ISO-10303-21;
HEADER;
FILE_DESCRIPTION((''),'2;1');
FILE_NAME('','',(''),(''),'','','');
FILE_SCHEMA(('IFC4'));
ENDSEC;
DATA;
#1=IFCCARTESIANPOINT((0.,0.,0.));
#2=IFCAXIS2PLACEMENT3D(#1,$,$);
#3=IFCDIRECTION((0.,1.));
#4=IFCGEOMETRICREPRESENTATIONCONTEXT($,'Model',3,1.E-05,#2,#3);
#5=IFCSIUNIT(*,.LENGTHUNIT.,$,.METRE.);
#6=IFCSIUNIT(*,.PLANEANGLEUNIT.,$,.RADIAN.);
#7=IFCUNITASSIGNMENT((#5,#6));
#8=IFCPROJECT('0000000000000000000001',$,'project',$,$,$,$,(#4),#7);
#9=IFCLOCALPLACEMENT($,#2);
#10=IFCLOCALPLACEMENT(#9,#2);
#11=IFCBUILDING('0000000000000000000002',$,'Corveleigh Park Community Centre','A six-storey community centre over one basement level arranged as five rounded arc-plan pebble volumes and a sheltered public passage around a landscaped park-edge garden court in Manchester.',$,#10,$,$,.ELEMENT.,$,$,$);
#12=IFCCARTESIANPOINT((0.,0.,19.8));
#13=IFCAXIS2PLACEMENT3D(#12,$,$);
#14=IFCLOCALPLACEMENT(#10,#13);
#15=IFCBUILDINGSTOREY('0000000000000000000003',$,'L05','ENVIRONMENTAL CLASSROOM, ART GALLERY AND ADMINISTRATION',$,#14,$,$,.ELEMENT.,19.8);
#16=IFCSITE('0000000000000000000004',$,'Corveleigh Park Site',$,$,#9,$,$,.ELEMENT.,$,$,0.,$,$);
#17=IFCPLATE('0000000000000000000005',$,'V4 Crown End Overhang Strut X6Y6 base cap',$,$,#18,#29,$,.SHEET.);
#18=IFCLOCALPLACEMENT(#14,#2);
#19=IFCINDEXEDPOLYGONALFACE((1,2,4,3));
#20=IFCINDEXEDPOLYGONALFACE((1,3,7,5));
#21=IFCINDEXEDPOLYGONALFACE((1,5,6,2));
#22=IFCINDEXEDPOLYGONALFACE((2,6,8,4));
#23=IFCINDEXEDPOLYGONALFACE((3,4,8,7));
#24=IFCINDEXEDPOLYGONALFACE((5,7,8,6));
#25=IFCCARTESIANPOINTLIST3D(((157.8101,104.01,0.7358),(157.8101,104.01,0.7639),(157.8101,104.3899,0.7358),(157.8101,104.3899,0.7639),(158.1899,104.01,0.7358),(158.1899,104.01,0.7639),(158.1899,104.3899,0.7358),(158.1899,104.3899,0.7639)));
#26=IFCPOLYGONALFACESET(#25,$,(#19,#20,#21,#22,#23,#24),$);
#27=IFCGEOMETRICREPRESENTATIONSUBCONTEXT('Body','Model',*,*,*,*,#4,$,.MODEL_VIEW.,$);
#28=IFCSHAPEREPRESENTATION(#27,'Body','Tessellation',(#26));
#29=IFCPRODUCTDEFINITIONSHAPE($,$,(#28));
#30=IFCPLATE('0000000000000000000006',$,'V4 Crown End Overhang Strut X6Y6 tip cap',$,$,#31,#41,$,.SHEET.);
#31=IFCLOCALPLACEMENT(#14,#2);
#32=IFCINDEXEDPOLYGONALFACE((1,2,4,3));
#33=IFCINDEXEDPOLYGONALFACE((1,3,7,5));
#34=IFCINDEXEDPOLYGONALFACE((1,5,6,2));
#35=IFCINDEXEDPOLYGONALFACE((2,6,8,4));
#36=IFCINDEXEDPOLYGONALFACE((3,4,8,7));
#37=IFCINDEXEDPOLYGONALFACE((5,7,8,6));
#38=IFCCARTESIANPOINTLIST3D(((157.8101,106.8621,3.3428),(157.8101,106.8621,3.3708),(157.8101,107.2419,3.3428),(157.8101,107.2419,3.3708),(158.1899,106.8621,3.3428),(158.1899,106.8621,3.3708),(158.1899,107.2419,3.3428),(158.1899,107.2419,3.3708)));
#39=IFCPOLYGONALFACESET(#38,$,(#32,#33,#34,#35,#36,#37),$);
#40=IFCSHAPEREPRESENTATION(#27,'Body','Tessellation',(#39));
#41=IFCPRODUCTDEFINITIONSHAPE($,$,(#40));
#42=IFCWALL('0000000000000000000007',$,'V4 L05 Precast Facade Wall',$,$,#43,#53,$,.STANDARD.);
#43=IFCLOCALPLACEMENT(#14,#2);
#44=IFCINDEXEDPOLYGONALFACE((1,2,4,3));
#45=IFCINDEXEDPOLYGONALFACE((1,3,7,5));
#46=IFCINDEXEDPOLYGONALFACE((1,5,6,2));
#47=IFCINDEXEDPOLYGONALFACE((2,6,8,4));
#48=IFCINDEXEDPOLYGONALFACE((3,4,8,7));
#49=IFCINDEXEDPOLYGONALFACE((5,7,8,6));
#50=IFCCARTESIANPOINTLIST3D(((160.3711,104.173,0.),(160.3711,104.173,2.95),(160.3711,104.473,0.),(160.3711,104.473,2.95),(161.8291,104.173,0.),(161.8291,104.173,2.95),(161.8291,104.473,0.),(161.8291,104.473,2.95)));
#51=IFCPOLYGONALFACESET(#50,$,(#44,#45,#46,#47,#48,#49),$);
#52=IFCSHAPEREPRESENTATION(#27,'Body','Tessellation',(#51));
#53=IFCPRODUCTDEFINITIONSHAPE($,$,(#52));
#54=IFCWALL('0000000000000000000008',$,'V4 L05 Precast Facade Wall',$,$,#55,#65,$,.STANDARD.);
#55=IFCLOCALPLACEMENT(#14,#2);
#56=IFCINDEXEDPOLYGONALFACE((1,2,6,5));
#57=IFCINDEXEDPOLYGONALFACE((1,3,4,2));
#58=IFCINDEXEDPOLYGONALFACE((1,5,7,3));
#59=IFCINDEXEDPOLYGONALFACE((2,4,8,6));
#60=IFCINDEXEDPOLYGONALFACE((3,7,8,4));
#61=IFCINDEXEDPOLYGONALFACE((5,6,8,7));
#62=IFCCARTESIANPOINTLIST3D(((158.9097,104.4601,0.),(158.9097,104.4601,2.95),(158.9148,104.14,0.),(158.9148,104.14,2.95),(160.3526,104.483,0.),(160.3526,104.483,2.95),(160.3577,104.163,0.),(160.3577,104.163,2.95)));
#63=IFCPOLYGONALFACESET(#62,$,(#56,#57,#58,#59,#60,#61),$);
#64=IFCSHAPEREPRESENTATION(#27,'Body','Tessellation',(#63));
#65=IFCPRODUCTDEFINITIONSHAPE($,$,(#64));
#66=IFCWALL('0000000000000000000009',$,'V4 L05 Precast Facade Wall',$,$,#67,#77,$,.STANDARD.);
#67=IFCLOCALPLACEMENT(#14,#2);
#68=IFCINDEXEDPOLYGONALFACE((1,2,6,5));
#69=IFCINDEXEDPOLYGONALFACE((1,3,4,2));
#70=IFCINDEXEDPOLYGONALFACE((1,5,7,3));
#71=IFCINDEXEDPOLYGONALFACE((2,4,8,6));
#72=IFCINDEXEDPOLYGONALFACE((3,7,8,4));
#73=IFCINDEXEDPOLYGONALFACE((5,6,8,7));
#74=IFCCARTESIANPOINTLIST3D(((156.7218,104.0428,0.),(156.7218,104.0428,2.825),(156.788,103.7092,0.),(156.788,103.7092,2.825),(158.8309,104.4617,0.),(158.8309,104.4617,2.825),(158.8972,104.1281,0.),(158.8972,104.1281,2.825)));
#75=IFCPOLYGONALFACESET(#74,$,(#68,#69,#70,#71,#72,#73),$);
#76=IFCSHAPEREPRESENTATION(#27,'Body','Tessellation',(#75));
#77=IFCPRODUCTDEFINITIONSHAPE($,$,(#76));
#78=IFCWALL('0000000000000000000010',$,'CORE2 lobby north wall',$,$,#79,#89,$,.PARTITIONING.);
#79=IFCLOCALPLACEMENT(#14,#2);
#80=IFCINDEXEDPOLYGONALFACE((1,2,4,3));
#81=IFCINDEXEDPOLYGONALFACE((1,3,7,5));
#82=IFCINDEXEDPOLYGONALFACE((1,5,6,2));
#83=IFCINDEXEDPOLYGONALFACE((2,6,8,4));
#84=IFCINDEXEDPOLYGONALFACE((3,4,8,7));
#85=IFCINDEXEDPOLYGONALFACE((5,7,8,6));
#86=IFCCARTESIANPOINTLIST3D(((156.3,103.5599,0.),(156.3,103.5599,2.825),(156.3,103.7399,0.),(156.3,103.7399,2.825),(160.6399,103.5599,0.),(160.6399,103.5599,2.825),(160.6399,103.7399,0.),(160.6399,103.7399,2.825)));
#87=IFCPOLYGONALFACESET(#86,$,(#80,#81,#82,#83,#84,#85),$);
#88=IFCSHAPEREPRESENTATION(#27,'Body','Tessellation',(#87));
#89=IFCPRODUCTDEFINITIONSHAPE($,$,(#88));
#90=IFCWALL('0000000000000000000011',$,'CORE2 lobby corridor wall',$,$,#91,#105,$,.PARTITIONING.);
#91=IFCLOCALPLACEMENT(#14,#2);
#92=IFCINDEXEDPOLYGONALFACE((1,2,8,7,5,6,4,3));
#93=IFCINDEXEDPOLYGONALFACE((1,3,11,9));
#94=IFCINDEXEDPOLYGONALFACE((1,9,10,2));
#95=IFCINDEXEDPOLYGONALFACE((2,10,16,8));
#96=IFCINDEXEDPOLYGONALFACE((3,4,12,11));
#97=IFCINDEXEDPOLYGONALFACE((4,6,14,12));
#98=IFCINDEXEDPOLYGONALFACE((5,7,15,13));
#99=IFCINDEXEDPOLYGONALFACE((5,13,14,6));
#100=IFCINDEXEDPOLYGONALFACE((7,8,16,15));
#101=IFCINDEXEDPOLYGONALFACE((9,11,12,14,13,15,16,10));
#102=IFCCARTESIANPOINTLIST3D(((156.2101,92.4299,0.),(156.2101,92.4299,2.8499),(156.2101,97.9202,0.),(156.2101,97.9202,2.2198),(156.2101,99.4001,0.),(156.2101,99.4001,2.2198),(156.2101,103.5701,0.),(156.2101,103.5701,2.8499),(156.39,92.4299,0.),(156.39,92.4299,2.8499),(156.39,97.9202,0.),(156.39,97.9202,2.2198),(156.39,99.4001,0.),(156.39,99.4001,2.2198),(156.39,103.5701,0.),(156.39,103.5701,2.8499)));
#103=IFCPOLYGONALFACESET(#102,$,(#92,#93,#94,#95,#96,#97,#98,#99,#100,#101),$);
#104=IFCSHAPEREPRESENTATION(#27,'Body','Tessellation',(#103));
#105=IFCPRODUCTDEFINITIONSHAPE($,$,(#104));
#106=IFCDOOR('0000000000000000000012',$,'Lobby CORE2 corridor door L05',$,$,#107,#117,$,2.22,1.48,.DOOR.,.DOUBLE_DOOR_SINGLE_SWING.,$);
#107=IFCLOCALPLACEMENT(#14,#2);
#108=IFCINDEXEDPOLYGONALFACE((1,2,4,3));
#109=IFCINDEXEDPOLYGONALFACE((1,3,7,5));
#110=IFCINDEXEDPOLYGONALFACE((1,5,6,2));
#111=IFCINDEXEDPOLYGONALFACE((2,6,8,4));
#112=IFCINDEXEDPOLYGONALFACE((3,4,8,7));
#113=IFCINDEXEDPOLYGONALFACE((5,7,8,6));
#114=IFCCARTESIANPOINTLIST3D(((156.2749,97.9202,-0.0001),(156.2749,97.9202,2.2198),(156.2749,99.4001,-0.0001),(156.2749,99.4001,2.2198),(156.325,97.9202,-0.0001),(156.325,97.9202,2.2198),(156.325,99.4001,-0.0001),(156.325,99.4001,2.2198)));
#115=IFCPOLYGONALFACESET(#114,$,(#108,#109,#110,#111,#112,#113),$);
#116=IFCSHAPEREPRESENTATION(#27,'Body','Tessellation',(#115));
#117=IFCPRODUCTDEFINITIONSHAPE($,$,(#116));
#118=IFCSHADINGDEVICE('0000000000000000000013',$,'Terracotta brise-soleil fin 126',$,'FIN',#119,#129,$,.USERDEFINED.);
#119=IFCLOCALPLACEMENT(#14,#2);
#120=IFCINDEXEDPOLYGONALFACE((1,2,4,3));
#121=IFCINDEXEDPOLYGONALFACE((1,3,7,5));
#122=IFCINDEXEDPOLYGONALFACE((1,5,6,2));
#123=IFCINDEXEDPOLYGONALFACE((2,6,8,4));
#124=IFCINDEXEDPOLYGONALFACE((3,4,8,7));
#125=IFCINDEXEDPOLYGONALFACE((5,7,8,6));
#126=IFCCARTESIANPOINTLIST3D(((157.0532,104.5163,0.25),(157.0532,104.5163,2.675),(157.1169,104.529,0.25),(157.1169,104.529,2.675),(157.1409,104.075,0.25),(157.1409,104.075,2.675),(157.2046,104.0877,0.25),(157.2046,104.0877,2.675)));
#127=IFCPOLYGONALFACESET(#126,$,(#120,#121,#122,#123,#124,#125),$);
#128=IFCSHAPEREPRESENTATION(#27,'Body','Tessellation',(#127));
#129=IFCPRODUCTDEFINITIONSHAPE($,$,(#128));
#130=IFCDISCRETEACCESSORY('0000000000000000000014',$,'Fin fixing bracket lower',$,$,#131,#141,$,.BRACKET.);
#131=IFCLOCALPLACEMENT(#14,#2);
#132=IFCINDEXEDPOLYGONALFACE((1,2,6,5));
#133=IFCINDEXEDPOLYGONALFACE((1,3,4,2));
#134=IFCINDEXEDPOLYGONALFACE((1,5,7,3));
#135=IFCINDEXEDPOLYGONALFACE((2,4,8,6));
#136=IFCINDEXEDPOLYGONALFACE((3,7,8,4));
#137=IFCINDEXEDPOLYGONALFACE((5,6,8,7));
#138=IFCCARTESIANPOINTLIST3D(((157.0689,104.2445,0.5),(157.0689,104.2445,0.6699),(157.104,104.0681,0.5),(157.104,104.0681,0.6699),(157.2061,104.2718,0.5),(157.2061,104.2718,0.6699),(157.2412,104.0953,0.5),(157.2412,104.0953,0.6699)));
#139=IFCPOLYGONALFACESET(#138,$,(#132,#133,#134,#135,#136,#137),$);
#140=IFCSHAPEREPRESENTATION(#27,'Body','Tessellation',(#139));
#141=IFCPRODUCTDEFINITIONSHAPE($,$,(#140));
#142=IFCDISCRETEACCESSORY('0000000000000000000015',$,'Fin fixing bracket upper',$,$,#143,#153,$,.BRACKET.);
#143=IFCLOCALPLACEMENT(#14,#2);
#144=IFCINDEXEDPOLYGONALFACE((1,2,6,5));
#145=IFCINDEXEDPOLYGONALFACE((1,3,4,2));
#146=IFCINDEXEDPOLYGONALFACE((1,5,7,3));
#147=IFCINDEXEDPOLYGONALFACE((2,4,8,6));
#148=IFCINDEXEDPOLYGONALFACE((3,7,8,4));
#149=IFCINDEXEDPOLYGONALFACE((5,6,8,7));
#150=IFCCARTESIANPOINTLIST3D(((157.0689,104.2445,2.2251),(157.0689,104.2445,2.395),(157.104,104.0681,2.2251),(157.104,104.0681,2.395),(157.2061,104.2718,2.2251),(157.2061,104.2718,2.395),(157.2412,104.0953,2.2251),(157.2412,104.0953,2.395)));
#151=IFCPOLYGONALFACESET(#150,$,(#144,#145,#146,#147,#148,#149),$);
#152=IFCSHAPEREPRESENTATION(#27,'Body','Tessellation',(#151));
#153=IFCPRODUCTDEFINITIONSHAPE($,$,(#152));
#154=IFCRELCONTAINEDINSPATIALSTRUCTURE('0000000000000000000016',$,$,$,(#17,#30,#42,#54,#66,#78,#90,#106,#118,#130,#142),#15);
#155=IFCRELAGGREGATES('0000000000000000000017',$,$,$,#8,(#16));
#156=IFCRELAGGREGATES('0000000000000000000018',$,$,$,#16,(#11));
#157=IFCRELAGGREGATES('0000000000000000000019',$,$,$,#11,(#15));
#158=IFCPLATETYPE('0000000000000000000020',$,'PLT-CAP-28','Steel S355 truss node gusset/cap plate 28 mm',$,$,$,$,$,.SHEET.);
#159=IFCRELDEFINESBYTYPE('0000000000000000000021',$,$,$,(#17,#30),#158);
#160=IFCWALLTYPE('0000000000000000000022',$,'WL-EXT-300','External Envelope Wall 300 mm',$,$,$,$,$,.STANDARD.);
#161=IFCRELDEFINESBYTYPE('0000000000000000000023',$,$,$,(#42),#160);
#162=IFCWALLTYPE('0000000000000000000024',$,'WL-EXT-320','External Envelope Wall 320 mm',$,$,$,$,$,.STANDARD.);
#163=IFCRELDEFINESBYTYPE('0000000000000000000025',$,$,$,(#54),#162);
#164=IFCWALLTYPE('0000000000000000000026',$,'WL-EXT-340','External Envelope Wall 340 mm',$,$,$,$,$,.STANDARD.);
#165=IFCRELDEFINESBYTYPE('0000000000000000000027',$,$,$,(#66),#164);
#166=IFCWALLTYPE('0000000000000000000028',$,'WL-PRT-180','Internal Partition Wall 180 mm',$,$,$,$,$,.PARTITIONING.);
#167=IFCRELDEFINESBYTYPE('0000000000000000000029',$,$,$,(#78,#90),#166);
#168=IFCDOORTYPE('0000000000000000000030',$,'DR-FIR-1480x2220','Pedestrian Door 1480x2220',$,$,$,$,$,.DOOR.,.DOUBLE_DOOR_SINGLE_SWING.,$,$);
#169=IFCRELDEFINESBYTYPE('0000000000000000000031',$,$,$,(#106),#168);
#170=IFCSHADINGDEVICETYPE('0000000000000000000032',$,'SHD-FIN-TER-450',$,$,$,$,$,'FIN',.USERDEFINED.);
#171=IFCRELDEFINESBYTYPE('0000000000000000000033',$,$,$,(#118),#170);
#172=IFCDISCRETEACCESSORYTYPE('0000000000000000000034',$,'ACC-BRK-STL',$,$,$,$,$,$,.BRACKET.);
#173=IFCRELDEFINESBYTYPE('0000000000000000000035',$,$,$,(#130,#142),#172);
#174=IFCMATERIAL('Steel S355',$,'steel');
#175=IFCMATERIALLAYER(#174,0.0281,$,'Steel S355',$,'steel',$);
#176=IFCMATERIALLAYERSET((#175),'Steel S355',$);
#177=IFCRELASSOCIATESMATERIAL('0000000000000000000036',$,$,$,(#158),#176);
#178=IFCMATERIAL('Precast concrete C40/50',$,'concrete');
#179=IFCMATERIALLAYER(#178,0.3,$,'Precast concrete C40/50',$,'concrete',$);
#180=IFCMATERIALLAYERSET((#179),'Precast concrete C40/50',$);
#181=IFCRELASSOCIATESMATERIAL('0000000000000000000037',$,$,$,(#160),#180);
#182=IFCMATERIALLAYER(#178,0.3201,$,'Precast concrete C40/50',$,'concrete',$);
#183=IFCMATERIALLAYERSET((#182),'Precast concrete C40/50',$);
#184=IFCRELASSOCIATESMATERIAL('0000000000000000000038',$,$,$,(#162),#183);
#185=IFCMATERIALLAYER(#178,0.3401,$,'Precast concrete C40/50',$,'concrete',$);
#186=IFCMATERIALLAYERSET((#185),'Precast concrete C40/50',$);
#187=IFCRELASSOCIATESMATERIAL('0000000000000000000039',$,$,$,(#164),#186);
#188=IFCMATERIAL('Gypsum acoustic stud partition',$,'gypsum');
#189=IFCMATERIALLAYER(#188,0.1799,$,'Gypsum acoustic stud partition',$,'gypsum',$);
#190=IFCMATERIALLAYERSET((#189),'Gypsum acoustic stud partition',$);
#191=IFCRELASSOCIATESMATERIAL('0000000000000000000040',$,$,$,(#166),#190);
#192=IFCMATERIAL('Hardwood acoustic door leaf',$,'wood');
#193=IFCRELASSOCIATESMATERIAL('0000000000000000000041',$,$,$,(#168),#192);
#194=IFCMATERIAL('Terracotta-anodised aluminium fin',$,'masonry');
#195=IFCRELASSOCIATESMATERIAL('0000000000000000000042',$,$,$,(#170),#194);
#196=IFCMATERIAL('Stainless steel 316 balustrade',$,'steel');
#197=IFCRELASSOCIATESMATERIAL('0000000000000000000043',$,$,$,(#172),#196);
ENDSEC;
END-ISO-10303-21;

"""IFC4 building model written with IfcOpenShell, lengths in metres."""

from ifc_helpers import new_model, si_unit, direction, frame, frame_2d, origin, origin_2d, place, context, subcontext, project, spatial, rectangle, extrude, material, layer, layer_set, type_object, element, fill, save


model = new_model("IFC4")

# Units and contexts
model_context = context("Model", 3, precision=1e-05, world=origin(), true_north=direction((0.0, 1.0)))
body_context = subcontext(model_context, "Body", "Model", "MODEL_VIEW")
ifc_project = project(units=[si_unit("LENGTHUNIT", "METRE"), si_unit("PLANEANGLEUNIT", "RADIAN")], contexts=[model_context])

# Site, building, storey
site_placement = place(None, origin())
site = spatial("IfcSite", under=ifc_project, at=site_placement, Name="Corveleigh Park Site", CompositionType="ELEMENT", RefElevation=0.0)
building_placement = place(site_placement, origin())
building = spatial("IfcBuilding", under=site, at=building_placement, Name="Corveleigh Park Community Centre", Description="A six-storey community centre over one basement level arranged as five rounded arc-plan pebble volumes and a sheltered public passage around a landscaped park-edge garden court in Manchester.", CompositionType="ELEMENT")
storey_placement = place(building_placement, frame((0.0, 0.0, 19.8)))
storey = spatial("IfcBuildingStorey", under=building, at=storey_placement, Name="L05", Description="ENVIRONMENTAL CLASSROOM, ART GALLERY AND ADMINISTRATION", CompositionType="ELEMENT", Elevation=19.8)

# Shared definitions
ifc_material_1 = material(Name="Steel S355", Category="steel")

# Plates
ifc_layer_1 = layer(ifc_material_1, 0.0281, Name="Steel S355", Category="steel")
ifc_layer_set_1 = layer_set([ifc_layer_1], Name="Steel S355")
plate_type_1 = type_object("IfcPlateType", Name="PLT-CAP-28", Description="Steel S355 truss node gusset/cap plate 28 mm", PredefinedType="SHEET", material=ifc_layer_set_1)
for number, where, z_axis, x_axis, name in (
    (1, (158.0, 104.2, 0.7358), (0.0, 0.0, 1.0), (1.0, 0.0, 0.0), "V4 Crown End Overhang Strut X6Y6 base cap"),
    (2, (158.0, 107.052, 3.3428), (0.0, 0.0, 1.0), (1.0, 0.0, 0.0), "V4 Crown End Overhang Strut X6Y6 tip cap"),
):
    element("IfcPlate", number, at=place(storey_placement, frame(where, z_axis=z_axis, x_axis=x_axis)), inside=storey, type_object=plate_type_1, Name=name, PredefinedType="SHEET", context=body_context, shape_type="SweptSolid", body=[
        extrude(rectangle(XDim=0.3799, YDim=0.3799, at=origin_2d()), origin(), (0.0, 0.0, 1.0), 0.0281),
    ])

# Walls
ifc_material_2 = material(Name="Precast concrete C40/50", Category="concrete")
ifc_layer_2 = layer(ifc_material_2, 0.3, Name="Precast concrete C40/50", Category="concrete")
ifc_layer_set_2 = layer_set([ifc_layer_2], Name="Precast concrete C40/50")
wall_type_1 = type_object("IfcWallType", Name="WL-EXT-300", Description="External Envelope Wall 300 mm", PredefinedType="STANDARD", material=ifc_layer_set_2)
wall_1_placement = place(storey_placement, frame((160.3711, 104.323, 0.0), z_axis=(0.0, 0.0, 1.0), x_axis=(1.0, 0.0, 0.0)))
element("IfcWall", 3, at=wall_1_placement, inside=storey, type_object=wall_type_1, Name="V4 L05 Precast Facade Wall", PredefinedType="STANDARD", context=body_context, shape_type="SweptSolid", body=[
    extrude(rectangle(XDim=1.458, YDim=0.3, at=frame_2d((0.729, 0.0))), origin(), (0.0, 0.0, 1.0), 2.95),
])
ifc_layer_3 = layer(ifc_material_2, 0.3201, Name="Precast concrete C40/50", Category="concrete")
ifc_layer_set_3 = layer_set([ifc_layer_3], Name="Precast concrete C40/50")
wall_type_2 = type_object("IfcWallType", Name="WL-EXT-320", Description="External Envelope Wall 320 mm", PredefinedType="STANDARD", material=ifc_layer_set_3)
wall_2_placement = place(storey_placement, frame((158.9121, 104.3, 0.0), z_axis=(0.0, 0.0, 1.0), x_axis=(0.999874, 0.015903, 0.0)))
element("IfcWall", 4, at=wall_2_placement, inside=storey, type_object=wall_type_2, Name="V4 L05 Precast Facade Wall", PredefinedType="STANDARD", context=body_context, shape_type="SweptSolid", body=[
    extrude(rectangle(XDim=1.4431, YDim=0.3201, at=frame_2d((0.7217, 0.0))), origin(), (0.0, 0.0, 1.0), 2.95),
])
ifc_layer_4 = layer(ifc_material_2, 0.3401, Name="Precast concrete C40/50", Category="concrete")
ifc_layer_set_4 = layer_set([ifc_layer_4], Name="Precast concrete C40/50")
wall_type_3 = type_object("IfcWallType", Name="WL-EXT-340", Description="External Envelope Wall 340 mm", PredefinedType="STANDARD", material=ifc_layer_set_4)
wall_3_placement = place(storey_placement, frame((156.7549, 103.876, 0.0), z_axis=(0.0, 0.0, 1.0), x_axis=(0.980837, 0.194828, 0.0)))
element("IfcWall", 5, at=wall_3_placement, inside=storey, type_object=wall_type_3, Name="V4 L05 Precast Facade Wall", PredefinedType="STANDARD", context=body_context, shape_type="SweptSolid", body=[
    extrude(rectangle(XDim=2.1504, YDim=0.3401, at=frame_2d((1.0752, 0.0))), origin(), (0.0, 0.0, 1.0), 2.825),
])
ifc_material_3 = material(Name="Gypsum acoustic stud partition", Category="gypsum")
ifc_layer_5 = layer(ifc_material_3, 0.1799, Name="Gypsum acoustic stud partition", Category="gypsum")
ifc_layer_set_5 = layer_set([ifc_layer_5], Name="Gypsum acoustic stud partition")
wall_type_4 = type_object("IfcWallType", Name="WL-PRT-180", Description="Internal Partition Wall 180 mm", PredefinedType="PARTITIONING", material=ifc_layer_set_5)
wall_4_placement = place(storey_placement, frame((160.6399, 103.6499, 0.0), z_axis=(0.0, 0.0, 1.0), x_axis=(-1.0, 0.0, 0.0)))
element("IfcWall", 6, at=wall_4_placement, inside=storey, type_object=wall_type_4, Name="CORE2 lobby north wall", PredefinedType="PARTITIONING", context=body_context, shape_type="SweptSolid", body=[
    extrude(rectangle(XDim=4.3398, YDim=0.1799, at=frame_2d((2.1699, 0.0))), origin(), (0.0, 0.0, 1.0), 2.825),
])

# Wall, opening, door
wall_5_placement = place(storey_placement, frame((156.3, 103.5701, 0.0), z_axis=(0.0, 0.0, 1.0), x_axis=(0.0, -1.0, 0.0)))
wall_5 = element("IfcWall", 7, at=wall_5_placement, inside=storey, type_object=wall_type_4, Name="CORE2 lobby corridor wall", PredefinedType="PARTITIONING", context=body_context, shape_type="SweptSolid", body=[
    extrude(rectangle(XDim=11.1401, YDim=0.1799, at=frame_2d((5.5701, 0.0))), origin(), (0.0, 0.0, 1.0), 2.8499),
])
opening_placement = place(wall_5_placement, frame((4.1699, 0.0, 0.0)))
opening = element("IfcOpeningElement", 8, at=opening_placement, cuts=wall_5, PredefinedType="OPENING", context=body_context, shape_type="SweptSolid", body=[
    extrude(rectangle(XDim=1.48, YDim=2.22, at=frame_2d((0.74, 1.1099))), frame((0.0, 0.0999, 0.0), z_axis=(0.0, -1.0, 0.0), x_axis=(1.0, 0.0, 0.0)), (0.0, 0.0, 1.0), 0.2),
])
ifc_material_4 = material(Name="Hardwood acoustic door leaf", Category="wood")
door_type = type_object("IfcDoorType", Name="DR-FIR-1480x2220", Description="Pedestrian Door 1480x2220", OperationType="DOUBLE_DOOR_SINGLE_SWING", PredefinedType="DOOR", material=ifc_material_4)
door_placement = place(opening_placement, origin())
door = element("IfcDoor", 9, at=door_placement, inside=storey, type_object=door_type, Name="Lobby CORE2 corridor door L05", OperationType="DOUBLE_DOOR_SINGLE_SWING", OverallHeight=2.22, OverallWidth=1.48, PredefinedType="DOOR", context=body_context, shape_type="SweptSolid", body=[
    extrude(rectangle(XDim=1.48, YDim=2.22, at=frame_2d((0.74, 1.1099))), frame((0.0, 0.0249, 0.0), z_axis=(0.0, -1.0, 0.0), x_axis=(1.0, 0.0, 0.0)), (0.0, 0.0, 1.0), 0.05),
])
fill(opening, door)

# Shading device
ifc_material_5 = material(Name="Terracotta-anodised aluminium fin", Category="masonry")
shading_device_type = type_object("IfcShadingDeviceType", Name="SHD-FIN-TER-450", ElementType="FIN", PredefinedType="USERDEFINED", material=ifc_material_5)
shading_device_placement = place(storey_placement, frame((157.1289, 104.302, 0.25), z_axis=(0.0, 0.0, 1.0), x_axis=(-0.194864, 0.98083, 0.0)))
element("IfcShadingDevice", 10, at=shading_device_placement, inside=storey, type_object=shading_device_type, Name="Terracotta brise-soleil fin 126", ObjectType="FIN", PredefinedType="USERDEFINED", context=body_context, shape_type="SweptSolid", body=[
    extrude(rectangle(XDim=0.45, YDim=0.0649, at=origin_2d()), origin(), (0.0, 0.0, 1.0), 2.425),
])

# Discrete accessories
ifc_material_6 = material(Name="Stainless steel 316 balustrade", Category="steel")
discrete_accessory_type = type_object("IfcDiscreteAccessoryType", Name="ACC-BRK-STL", PredefinedType="BRACKET", material=ifc_material_6)
for number, where, z_axis, x_axis, name in (
    (11, (157.155, 104.1699, 0.5), (0.0, 0.0, 1.0), (-0.194864, 0.98083, 0.0), "Fin fixing bracket lower"),
    (12, (157.155, 104.1699, 2.2251), (0.0, 0.0, 1.0), (-0.194864, 0.98083, 0.0), "Fin fixing bracket upper"),
):
    element("IfcDiscreteAccessory", number, at=place(storey_placement, frame(where, z_axis=z_axis, x_axis=x_axis)), inside=storey, type_object=discrete_accessory_type, Name=name, PredefinedType="BRACKET", context=body_context, shape_type="SweptSolid", body=[
        extrude(rectangle(XDim=0.1799, YDim=0.1399, at=origin_2d()), origin(), (0.0, 0.0, 1.0), 0.1699),
    ])

save(model, "model.ifc")
